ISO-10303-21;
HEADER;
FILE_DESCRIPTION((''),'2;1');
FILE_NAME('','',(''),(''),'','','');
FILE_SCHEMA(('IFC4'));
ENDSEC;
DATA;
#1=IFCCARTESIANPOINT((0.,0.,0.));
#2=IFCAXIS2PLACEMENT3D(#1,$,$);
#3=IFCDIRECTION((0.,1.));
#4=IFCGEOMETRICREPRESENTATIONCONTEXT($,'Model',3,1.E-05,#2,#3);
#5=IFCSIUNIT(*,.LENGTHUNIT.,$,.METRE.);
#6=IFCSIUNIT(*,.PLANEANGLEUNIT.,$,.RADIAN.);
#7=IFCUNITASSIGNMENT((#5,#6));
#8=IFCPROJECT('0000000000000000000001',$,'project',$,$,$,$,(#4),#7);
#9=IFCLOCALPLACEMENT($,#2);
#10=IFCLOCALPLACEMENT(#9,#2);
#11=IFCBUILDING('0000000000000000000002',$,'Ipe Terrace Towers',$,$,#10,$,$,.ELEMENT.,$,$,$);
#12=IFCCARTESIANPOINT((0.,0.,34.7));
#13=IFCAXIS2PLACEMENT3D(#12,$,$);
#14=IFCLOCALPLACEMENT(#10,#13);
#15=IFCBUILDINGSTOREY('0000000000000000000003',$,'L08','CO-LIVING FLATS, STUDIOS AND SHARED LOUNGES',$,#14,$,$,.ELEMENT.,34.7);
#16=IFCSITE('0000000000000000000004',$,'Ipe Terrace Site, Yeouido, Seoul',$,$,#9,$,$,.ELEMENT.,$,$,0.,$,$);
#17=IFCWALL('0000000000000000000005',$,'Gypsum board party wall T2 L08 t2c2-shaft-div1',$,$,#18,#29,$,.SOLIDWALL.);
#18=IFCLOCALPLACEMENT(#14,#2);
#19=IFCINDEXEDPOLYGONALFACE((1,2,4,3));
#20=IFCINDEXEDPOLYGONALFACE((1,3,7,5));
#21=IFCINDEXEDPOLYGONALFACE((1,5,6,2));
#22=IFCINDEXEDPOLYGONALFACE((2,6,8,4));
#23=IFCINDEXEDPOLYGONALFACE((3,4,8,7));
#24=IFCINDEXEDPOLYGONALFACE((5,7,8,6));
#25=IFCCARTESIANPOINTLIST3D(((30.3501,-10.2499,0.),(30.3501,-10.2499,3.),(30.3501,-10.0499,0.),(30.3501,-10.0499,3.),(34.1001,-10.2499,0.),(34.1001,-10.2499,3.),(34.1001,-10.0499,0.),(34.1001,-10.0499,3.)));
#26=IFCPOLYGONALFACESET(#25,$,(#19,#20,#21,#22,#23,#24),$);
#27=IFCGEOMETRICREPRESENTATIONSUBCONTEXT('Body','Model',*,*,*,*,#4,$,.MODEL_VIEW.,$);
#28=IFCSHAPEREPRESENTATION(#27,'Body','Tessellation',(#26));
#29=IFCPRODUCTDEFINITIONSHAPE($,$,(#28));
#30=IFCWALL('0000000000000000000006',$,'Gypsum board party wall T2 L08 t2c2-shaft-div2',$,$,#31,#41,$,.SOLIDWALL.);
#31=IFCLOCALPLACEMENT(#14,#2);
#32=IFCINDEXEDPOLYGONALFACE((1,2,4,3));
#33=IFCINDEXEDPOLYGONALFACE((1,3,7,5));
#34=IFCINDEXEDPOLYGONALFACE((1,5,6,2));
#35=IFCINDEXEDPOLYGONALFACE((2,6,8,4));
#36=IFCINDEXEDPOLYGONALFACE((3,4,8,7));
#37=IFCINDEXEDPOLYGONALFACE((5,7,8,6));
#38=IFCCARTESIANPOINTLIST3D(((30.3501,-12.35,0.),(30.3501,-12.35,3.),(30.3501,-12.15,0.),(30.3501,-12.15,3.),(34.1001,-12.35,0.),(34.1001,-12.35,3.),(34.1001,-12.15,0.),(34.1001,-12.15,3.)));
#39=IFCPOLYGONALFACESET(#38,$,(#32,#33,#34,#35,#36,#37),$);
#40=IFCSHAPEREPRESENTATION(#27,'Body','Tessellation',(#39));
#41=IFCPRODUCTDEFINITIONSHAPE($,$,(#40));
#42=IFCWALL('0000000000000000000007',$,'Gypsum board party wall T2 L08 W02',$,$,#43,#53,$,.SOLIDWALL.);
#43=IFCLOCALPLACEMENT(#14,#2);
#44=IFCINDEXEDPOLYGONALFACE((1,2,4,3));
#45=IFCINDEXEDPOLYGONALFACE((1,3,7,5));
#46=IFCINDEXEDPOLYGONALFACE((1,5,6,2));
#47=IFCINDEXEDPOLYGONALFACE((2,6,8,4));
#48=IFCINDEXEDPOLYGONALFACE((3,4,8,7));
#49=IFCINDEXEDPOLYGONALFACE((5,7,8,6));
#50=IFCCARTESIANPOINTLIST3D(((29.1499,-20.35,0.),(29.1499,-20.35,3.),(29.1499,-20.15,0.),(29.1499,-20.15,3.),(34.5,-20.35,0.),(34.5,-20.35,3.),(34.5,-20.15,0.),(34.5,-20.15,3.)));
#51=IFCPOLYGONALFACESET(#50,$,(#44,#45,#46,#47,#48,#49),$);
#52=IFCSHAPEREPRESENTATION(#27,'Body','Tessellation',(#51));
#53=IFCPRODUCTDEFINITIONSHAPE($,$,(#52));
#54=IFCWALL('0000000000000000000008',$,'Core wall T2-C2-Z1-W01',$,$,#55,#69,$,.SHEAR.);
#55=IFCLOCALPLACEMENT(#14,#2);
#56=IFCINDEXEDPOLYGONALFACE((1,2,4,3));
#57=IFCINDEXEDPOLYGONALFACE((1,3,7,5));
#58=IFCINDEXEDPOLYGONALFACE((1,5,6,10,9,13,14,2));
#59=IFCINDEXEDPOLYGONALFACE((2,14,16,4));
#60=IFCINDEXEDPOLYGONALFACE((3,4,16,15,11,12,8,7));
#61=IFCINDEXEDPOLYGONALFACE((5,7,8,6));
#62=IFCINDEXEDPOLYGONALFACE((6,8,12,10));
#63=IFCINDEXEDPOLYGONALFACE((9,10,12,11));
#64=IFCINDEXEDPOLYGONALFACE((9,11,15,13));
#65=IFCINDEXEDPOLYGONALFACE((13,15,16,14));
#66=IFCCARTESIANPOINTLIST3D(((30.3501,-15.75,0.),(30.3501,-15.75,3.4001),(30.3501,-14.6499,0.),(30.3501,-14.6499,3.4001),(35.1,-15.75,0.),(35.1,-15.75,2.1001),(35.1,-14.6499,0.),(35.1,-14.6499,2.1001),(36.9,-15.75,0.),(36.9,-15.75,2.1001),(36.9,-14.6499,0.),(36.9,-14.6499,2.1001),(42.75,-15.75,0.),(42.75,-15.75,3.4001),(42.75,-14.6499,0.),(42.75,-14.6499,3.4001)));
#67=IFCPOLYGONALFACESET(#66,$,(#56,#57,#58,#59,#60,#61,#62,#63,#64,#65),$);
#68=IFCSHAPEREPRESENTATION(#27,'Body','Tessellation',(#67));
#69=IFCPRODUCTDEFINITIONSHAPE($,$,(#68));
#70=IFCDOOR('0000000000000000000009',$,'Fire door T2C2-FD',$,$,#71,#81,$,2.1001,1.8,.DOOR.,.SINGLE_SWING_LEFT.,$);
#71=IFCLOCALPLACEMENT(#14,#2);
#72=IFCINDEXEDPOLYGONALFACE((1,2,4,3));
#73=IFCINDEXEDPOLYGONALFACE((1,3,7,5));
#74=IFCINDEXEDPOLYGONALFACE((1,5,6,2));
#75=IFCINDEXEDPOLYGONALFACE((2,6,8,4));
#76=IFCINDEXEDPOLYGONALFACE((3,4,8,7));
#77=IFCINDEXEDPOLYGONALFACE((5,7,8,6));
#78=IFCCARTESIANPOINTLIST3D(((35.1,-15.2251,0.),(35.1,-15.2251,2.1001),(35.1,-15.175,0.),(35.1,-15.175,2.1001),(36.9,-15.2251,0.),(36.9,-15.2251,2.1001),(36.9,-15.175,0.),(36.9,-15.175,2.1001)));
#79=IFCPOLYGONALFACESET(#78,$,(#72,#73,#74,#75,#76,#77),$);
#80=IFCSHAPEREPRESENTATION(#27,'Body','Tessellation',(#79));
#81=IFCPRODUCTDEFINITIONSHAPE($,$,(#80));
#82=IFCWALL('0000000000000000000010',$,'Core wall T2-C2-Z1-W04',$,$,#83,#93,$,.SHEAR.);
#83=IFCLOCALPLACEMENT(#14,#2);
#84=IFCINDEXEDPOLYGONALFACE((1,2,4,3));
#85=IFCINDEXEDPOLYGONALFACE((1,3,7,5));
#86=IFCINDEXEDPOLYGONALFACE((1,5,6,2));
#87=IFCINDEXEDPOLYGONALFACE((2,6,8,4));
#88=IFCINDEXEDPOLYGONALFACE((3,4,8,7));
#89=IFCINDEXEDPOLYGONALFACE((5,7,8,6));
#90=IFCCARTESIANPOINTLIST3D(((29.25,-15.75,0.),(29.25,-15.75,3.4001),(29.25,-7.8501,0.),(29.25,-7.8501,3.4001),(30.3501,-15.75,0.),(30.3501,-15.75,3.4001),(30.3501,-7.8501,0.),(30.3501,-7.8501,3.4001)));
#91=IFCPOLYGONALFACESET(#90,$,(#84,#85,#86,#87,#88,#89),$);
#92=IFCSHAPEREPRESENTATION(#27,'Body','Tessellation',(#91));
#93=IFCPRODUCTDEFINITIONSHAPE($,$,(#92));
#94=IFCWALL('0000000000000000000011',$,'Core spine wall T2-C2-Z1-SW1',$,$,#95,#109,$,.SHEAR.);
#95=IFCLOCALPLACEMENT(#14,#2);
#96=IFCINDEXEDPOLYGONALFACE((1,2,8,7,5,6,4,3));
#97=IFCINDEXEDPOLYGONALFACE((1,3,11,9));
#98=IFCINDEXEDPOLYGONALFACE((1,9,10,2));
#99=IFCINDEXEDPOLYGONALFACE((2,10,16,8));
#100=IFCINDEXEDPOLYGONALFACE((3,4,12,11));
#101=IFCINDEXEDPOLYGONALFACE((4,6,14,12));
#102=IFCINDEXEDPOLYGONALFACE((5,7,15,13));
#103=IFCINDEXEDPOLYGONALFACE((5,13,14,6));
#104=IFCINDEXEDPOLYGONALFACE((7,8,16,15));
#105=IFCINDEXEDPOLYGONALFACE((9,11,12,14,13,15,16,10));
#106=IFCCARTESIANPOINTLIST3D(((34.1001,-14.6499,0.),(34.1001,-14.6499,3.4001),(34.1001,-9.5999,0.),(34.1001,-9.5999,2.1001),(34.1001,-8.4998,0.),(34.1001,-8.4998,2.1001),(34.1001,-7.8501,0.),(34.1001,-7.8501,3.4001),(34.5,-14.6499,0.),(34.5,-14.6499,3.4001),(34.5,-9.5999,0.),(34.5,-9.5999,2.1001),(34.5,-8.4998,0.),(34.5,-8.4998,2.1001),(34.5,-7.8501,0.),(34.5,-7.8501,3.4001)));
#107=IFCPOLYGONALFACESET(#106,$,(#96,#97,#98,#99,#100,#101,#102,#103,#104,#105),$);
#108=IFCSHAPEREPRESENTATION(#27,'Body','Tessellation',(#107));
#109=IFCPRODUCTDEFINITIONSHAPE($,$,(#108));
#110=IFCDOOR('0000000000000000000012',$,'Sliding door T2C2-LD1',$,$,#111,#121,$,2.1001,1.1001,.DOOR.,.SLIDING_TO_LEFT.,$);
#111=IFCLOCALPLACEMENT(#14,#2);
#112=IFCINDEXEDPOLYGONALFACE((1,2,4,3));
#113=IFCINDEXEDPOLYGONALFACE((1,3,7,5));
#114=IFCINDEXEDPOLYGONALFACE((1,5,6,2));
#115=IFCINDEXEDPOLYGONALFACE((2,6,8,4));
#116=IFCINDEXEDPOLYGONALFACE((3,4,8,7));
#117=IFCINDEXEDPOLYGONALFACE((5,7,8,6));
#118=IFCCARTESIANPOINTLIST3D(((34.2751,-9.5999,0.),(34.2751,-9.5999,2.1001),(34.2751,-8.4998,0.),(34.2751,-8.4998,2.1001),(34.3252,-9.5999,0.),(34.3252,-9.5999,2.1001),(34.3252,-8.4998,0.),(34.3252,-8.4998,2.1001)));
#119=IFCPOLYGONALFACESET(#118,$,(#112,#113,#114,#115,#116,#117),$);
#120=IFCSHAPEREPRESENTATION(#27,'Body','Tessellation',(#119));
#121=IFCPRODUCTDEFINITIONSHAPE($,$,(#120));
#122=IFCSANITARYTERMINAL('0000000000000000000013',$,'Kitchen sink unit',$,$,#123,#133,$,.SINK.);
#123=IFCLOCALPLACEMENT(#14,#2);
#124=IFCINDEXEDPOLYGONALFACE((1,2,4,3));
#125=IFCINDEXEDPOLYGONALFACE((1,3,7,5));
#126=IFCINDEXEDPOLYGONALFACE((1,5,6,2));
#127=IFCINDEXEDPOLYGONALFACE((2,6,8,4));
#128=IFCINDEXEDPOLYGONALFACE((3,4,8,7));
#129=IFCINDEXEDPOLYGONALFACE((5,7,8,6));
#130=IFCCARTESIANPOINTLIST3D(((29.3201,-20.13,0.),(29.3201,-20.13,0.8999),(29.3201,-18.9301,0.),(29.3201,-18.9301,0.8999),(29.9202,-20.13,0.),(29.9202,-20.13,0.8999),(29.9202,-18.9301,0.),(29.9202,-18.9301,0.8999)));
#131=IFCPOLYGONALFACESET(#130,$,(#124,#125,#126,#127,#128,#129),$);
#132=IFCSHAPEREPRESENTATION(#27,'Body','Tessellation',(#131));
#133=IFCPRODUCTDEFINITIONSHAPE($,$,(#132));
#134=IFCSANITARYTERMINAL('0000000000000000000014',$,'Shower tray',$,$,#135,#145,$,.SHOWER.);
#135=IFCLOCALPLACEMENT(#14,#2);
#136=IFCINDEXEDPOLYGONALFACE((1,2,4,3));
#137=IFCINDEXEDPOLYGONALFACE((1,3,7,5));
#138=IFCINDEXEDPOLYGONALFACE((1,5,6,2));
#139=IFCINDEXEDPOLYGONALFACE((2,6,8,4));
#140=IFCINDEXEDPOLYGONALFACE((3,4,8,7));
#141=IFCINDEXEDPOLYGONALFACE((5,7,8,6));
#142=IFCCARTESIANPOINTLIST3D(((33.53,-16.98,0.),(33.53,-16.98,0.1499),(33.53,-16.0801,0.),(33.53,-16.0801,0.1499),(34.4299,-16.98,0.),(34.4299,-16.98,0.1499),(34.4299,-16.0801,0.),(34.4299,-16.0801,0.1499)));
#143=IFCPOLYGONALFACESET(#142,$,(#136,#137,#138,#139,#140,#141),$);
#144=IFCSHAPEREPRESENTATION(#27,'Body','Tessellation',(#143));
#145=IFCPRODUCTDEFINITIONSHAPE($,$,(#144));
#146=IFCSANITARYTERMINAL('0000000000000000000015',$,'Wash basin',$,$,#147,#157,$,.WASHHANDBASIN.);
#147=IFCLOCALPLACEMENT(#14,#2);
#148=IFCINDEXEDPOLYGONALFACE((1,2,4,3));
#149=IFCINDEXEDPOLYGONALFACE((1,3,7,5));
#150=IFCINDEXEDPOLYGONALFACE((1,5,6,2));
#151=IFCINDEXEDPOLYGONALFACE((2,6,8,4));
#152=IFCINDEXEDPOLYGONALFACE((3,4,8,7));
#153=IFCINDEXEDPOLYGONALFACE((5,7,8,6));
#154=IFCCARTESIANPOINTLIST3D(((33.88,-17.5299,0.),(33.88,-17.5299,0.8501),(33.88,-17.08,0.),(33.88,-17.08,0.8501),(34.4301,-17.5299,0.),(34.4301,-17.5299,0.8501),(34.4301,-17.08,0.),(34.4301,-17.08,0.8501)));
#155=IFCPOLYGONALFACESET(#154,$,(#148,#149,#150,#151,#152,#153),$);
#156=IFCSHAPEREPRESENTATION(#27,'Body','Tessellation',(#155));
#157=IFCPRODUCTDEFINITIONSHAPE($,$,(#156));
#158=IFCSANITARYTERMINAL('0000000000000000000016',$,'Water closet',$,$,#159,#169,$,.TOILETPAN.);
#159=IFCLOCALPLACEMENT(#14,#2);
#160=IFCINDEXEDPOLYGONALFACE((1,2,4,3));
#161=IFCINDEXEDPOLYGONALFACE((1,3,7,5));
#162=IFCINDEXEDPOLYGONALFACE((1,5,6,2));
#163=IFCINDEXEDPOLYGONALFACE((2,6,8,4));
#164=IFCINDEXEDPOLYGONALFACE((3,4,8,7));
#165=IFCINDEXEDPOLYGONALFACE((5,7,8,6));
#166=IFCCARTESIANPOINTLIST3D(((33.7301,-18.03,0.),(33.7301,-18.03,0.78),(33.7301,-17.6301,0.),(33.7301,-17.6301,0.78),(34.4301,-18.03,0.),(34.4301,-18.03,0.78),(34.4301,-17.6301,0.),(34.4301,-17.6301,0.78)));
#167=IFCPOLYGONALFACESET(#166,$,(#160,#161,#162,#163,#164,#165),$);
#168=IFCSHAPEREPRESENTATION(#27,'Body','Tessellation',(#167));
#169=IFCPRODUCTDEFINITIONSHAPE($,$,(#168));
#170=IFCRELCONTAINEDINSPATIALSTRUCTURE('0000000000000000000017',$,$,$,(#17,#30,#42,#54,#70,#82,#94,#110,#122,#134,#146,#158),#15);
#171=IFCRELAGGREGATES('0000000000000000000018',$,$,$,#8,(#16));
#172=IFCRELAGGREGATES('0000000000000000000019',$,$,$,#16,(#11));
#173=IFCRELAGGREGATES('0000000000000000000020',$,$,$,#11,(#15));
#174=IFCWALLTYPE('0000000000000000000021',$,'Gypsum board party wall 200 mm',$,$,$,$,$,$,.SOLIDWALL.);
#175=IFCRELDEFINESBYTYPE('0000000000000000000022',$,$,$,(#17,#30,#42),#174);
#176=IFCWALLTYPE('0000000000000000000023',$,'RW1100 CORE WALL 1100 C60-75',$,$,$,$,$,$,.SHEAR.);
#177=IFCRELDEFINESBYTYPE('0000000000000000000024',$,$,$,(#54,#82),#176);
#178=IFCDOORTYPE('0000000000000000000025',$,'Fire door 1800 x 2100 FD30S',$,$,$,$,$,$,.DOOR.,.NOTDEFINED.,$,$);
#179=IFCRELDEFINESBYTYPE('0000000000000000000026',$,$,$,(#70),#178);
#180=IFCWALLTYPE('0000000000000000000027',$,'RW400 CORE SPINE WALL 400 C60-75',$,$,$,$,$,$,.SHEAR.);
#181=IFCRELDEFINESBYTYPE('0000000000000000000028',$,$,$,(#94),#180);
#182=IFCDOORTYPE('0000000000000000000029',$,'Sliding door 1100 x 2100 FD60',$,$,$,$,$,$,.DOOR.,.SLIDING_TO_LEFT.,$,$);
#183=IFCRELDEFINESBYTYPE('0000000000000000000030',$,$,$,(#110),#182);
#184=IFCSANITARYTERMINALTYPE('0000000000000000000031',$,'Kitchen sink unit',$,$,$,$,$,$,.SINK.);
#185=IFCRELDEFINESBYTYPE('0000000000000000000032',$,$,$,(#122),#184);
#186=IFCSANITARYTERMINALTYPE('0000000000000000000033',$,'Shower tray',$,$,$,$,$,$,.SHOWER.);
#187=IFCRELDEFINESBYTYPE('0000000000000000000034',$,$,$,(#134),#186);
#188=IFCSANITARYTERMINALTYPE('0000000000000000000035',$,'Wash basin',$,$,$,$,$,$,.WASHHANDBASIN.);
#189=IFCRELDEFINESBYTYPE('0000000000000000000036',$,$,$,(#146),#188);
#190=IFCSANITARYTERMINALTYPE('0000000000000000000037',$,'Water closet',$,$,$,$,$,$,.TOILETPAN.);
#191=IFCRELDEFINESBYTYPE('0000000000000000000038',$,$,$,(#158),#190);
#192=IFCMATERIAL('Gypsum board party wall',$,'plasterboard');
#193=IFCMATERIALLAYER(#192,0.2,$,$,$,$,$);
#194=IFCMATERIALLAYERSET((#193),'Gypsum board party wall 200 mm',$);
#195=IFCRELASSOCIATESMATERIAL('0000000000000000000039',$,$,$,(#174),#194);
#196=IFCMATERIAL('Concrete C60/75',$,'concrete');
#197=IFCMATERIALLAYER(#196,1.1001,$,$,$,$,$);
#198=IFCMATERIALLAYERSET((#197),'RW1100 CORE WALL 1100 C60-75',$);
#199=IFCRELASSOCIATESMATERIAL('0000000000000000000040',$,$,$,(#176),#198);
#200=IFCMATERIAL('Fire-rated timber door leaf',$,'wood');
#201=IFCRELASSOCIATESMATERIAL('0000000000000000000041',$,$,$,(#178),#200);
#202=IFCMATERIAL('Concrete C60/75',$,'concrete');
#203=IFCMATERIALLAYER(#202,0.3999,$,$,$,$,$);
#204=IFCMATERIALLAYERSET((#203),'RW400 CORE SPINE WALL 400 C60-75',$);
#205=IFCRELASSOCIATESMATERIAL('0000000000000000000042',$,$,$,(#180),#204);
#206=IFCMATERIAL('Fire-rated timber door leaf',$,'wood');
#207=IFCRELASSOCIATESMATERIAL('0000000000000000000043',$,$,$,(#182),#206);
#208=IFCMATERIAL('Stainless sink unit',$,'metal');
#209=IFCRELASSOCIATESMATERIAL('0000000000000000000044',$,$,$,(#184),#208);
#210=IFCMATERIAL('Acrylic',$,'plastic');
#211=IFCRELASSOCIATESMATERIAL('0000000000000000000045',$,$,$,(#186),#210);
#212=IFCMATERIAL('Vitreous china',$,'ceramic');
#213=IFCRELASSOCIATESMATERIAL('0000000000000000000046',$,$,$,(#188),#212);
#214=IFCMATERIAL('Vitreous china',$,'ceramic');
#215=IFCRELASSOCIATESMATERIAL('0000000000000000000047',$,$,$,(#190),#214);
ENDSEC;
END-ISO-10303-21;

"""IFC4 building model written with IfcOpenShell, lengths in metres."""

from ifc_helpers import new_model, si_unit, direction, frame, frame_2d, origin, origin_2d, place, context, subcontext, project, spatial, rectangle, extrude, material, layer, layer_set, type_object, element, fill, save


model = new_model("IFC4")

# Units and contexts
model_context = context("Model", 3, precision=1e-05, world=origin(), true_north=direction((0.0, 1.0)))
body_context = subcontext(model_context, "Body", "Model", "MODEL_VIEW")
ifc_project = project(units=[si_unit("LENGTHUNIT", "METRE"), si_unit("PLANEANGLEUNIT", "RADIAN")], contexts=[model_context])

# Site, building, storey
site_placement = place(None, origin())
site = spatial("IfcSite", under=ifc_project, at=site_placement, Name="Ipe Terrace Site, Yeouido, Seoul", CompositionType="ELEMENT", RefElevation=0.0)
building_placement = place(site_placement, origin())
building = spatial("IfcBuilding", under=site, at=building_placement, Name="Ipe Terrace Towers", CompositionType="ELEMENT")
storey_placement = place(building_placement, frame((0.0, 0.0, 34.7)))
storey = spatial("IfcBuildingStorey", under=building, at=storey_placement, Name="L08", Description="CO-LIVING FLATS, STUDIOS AND SHARED LOUNGES", CompositionType="ELEMENT", Elevation=34.7)

# Walls
ifc_material_1 = material(Name="Gypsum board party wall", Category="plasterboard")
ifc_layer_1 = layer(ifc_material_1, 0.2)
ifc_layer_set_1 = layer_set([ifc_layer_1], Name="Gypsum board party wall 200 mm")
wall_type_1 = type_object("IfcWallType", Name="Gypsum board party wall 200 mm", PredefinedType="SOLIDWALL", material=ifc_layer_set_1)
for number, where, z_axis, x_axis, name in (
    (1, (30.3501, -10.1499, 0.0), (0.0, 0.0, 1.0), (1.0, 0.0, 0.0), "Gypsum board party wall T2 L08 t2c2-shaft-div1"),
    (2, (30.3501, -12.25, 0.0), (0.0, 0.0, 1.0), (1.0, 0.0, 0.0), "Gypsum board party wall T2 L08 t2c2-shaft-div2"),
):
    element("IfcWall", number, at=place(storey_placement, frame(where, z_axis=z_axis, x_axis=x_axis)), inside=storey, type_object=wall_type_1, Name=name, PredefinedType="SOLIDWALL", context=body_context, shape_type="SweptSolid", body=[
        extrude(rectangle(XDim=3.75, YDim=0.2, at=frame_2d((1.875, 0.0))), origin(), (0.0, 0.0, 1.0), 3.0),
    ])
wall_1_placement = place(storey_placement, frame((34.5, -20.25, 0.0), z_axis=(0.0, 0.0, 1.0), x_axis=(-1.0, 0.0, 0.0)))
element("IfcWall", 3, at=wall_1_placement, inside=storey, type_object=wall_type_1, Name="Gypsum board party wall T2 L08 W02", PredefinedType="SOLIDWALL", context=body_context, shape_type="SweptSolid", body=[
    extrude(rectangle(XDim=5.3501, YDim=0.2, at=frame_2d((2.675, 0.0))), origin(), (0.0, 0.0, 1.0), 3.0),
])

# Wall, opening, door
ifc_material_2 = material(Name="Concrete C60/75", Category="concrete")
ifc_layer_2 = layer(ifc_material_2, 1.1001)
ifc_layer_set_2 = layer_set([ifc_layer_2], Name="RW1100 CORE WALL 1100 C60-75")
wall_type_2 = type_object("IfcWallType", Name="RW1100 CORE WALL 1100 C60-75", PredefinedType="SHEAR", material=ifc_layer_set_2)
wall_2_placement = place(storey_placement, frame((30.3501, -15.2, 0.0), z_axis=(0.0, 0.0, 1.0), x_axis=(1.0, 0.0, 0.0)))
wall_2 = element("IfcWall", 4, at=wall_2_placement, inside=storey, type_object=wall_type_2, Name="Core wall T2-C2-Z1-W01", PredefinedType="SHEAR", context=body_context, shape_type="SweptSolid", body=[
    extrude(rectangle(XDim=12.3999, YDim=1.1001, at=frame_2d((6.2, 0.0))), origin(), (0.0, 0.0, 1.0), 3.4001),
])
opening_1_placement = place(wall_2_placement, frame((4.75, 0.0, 0.0)))
opening_1 = element("IfcOpeningElement", 5, at=opening_1_placement, cuts=wall_2, PredefinedType="OPENING", context=body_context, shape_type="SweptSolid", body=[
    extrude(rectangle(XDim=1.8, YDim=2.1001, at=frame_2d((0.8999, 1.05))), frame((0.0, 0.5601, 0.0), z_axis=(0.0, -1.0, 0.0), x_axis=(1.0, 0.0, 0.0)), (0.0, 0.0, 1.0), 1.1201),
])
ifc_material_3 = material(Name="Fire-rated timber door leaf", Category="wood")
door_type_1 = type_object("IfcDoorType", Name="Fire door 1800 x 2100 FD30S", OperationType="NOTDEFINED", PredefinedType="DOOR", material=ifc_material_3)
door_1_placement = place(opening_1_placement, origin())
door_1 = element("IfcDoor", 6, at=door_1_placement, inside=storey, type_object=door_type_1, Name="Fire door T2C2-FD", OperationType="SINGLE_SWING_LEFT", OverallHeight=2.1001, OverallWidth=1.8, PredefinedType="DOOR", context=body_context, shape_type="SweptSolid", body=[
    extrude(rectangle(XDim=1.8, YDim=2.1001, at=frame_2d((0.8999, 1.05))), frame((0.0, 0.0249, 0.0), z_axis=(0.0, -1.0, 0.0), x_axis=(1.0, 0.0, 0.0)), (0.0, 0.0, 1.0), 0.05),
])
fill(opening_1, door_1)

# Wall
wall_3_placement = place(storey_placement, frame((29.8, -7.8501, 0.0), z_axis=(0.0, 0.0, 1.0), x_axis=(0.0, -1.0, 0.0)))
element("IfcWall", 7, at=wall_3_placement, inside=storey, type_object=wall_type_2, Name="Core wall T2-C2-Z1-W04", PredefinedType="SHEAR", context=body_context, shape_type="SweptSolid", body=[
    extrude(rectangle(XDim=7.8999, YDim=1.1001, at=frame_2d((3.95, 0.0))), origin(), (0.0, 0.0, 1.0), 3.4001),
])

# Wall, opening, door
ifc_material_4 = material(Name="Concrete C60/75", Category="concrete")
ifc_layer_3 = layer(ifc_material_4, 0.3999)
ifc_layer_set_3 = layer_set([ifc_layer_3], Name="RW400 CORE SPINE WALL 400 C60-75")
wall_type_3 = type_object("IfcWallType", Name="RW400 CORE SPINE WALL 400 C60-75", PredefinedType="SHEAR", material=ifc_layer_set_3)
wall_4_placement = place(storey_placement, frame((34.3, -14.6499, 0.0), z_axis=(0.0, 0.0, 1.0), x_axis=(0.0, 1.0, 0.0)))
wall_4 = element("IfcWall", 8, at=wall_4_placement, inside=storey, type_object=wall_type_3, Name="Core spine wall T2-C2-Z1-SW1", PredefinedType="SHEAR", context=body_context, shape_type="SweptSolid", body=[
    extrude(rectangle(XDim=6.7998, YDim=0.3999, at=frame_2d((3.3999, 0.0))), origin(), (0.0, 0.0, 1.0), 3.4001),
])
opening_2_placement = place(wall_4_placement, frame((5.05, 0.0, 0.0)))
opening_2 = element("IfcOpeningElement", 9, at=opening_2_placement, cuts=wall_4, PredefinedType="OPENING", context=body_context, shape_type="SweptSolid", body=[
    extrude(rectangle(XDim=1.1001, YDim=2.1001, at=frame_2d((0.55, 1.05))), frame((0.0, 0.21, 0.0), z_axis=(0.0, -1.0, 0.0), x_axis=(1.0, 0.0, 0.0)), (0.0, 0.0, 1.0), 0.4199),
])
ifc_material_5 = material(Name="Fire-rated timber door leaf", Category="wood")
door_type_2 = type_object("IfcDoorType", Name="Sliding door 1100 x 2100 FD60", OperationType="SLIDING_TO_LEFT", PredefinedType="DOOR", material=ifc_material_5)
door_2_placement = place(opening_2_placement, origin())
door_2 = element("IfcDoor", 10, at=door_2_placement, inside=storey, type_object=door_type_2, Name="Sliding door T2C2-LD1", OperationType="SLIDING_TO_LEFT", OverallHeight=2.1001, OverallWidth=1.1001, PredefinedType="DOOR", context=body_context, shape_type="SweptSolid", body=[
    extrude(rectangle(XDim=1.1001, YDim=2.1001, at=frame_2d((0.55, 1.05))), frame((0.0, 0.0249, 0.0), z_axis=(0.0, -1.0, 0.0), x_axis=(1.0, 0.0, 0.0)), (0.0, 0.0, 1.0), 0.05),
])
fill(opening_2, door_2)

# Sanitary terminals
ifc_material_6 = material(Name="Stainless sink unit", Category="metal")
sanitary_terminal_type_1 = type_object("IfcSanitaryTerminalType", Name="Kitchen sink unit", PredefinedType="SINK", material=ifc_material_6)
sanitary_terminal_1_placement = place(storey_placement, frame((29.6201, -19.53, 0.0), z_axis=(0.0, 0.0, 1.0), x_axis=(0.0, 1.0, 0.0)))
element("IfcSanitaryTerminal", 11, at=sanitary_terminal_1_placement, inside=storey, type_object=sanitary_terminal_type_1, Name="Kitchen sink unit", PredefinedType="SINK", context=body_context, shape_type="SweptSolid", body=[
    extrude(rectangle(XDim=1.2, YDim=0.6001, at=origin_2d()), origin(), (0.0, 0.0, 1.0), 0.8999),
])
ifc_material_7 = material(Name="Acrylic", Category="plastic")
sanitary_terminal_type_2 = type_object("IfcSanitaryTerminalType", Name="Shower tray", PredefinedType="SHOWER", material=ifc_material_7)
sanitary_terminal_2_placement = place(storey_placement, frame((33.98, -16.53, 0.0), z_axis=(0.0, 0.0, 1.0), x_axis=(-1.0, 0.0, 0.0)))
element("IfcSanitaryTerminal", 12, at=sanitary_terminal_2_placement, inside=storey, type_object=sanitary_terminal_type_2, Name="Shower tray", PredefinedType="SHOWER", context=body_context, shape_type="SweptSolid", body=[
    extrude(rectangle(XDim=0.8999, YDim=0.8999, at=origin_2d()), origin(), (0.0, 0.0, 1.0), 0.1499),
])
ifc_material_8 = material(Name="Vitreous china", Category="ceramic")
sanitary_terminal_type_3 = type_object("IfcSanitaryTerminalType", Name="Wash basin", PredefinedType="WASHHANDBASIN", material=ifc_material_8)
sanitary_terminal_3_placement = place(storey_placement, frame((34.155, -17.3049, 0.0), z_axis=(0.0, 0.0, 1.0), x_axis=(-1.0, 0.0, 0.0)))
element("IfcSanitaryTerminal", 13, at=sanitary_terminal_3_placement, inside=storey, type_object=sanitary_terminal_type_3, Name="Wash basin", PredefinedType="WASHHANDBASIN", context=body_context, shape_type="SweptSolid", body=[
    extrude(rectangle(XDim=0.55, YDim=0.45, at=origin_2d()), origin(), (0.0, 0.0, 1.0), 0.8501),
])
ifc_material_9 = material(Name="Vitreous china", Category="ceramic")
sanitary_terminal_type_4 = type_object("IfcSanitaryTerminalType", Name="Water closet", PredefinedType="TOILETPAN", material=ifc_material_9)
sanitary_terminal_4_placement = place(storey_placement, frame((34.0801, -17.8301, 0.0), z_axis=(0.0, 0.0, 1.0), x_axis=(-1.0, 0.0, 0.0)))
element("IfcSanitaryTerminal", 14, at=sanitary_terminal_4_placement, inside=storey, type_object=sanitary_terminal_type_4, Name="Water closet", PredefinedType="TOILETPAN", context=body_context, shape_type="SweptSolid", body=[
    extrude(rectangle(XDim=0.7, YDim=0.3999, at=origin_2d()), origin(), (0.0, 0.0, 1.0), 0.78),
])

save(model, "model.ifc")
